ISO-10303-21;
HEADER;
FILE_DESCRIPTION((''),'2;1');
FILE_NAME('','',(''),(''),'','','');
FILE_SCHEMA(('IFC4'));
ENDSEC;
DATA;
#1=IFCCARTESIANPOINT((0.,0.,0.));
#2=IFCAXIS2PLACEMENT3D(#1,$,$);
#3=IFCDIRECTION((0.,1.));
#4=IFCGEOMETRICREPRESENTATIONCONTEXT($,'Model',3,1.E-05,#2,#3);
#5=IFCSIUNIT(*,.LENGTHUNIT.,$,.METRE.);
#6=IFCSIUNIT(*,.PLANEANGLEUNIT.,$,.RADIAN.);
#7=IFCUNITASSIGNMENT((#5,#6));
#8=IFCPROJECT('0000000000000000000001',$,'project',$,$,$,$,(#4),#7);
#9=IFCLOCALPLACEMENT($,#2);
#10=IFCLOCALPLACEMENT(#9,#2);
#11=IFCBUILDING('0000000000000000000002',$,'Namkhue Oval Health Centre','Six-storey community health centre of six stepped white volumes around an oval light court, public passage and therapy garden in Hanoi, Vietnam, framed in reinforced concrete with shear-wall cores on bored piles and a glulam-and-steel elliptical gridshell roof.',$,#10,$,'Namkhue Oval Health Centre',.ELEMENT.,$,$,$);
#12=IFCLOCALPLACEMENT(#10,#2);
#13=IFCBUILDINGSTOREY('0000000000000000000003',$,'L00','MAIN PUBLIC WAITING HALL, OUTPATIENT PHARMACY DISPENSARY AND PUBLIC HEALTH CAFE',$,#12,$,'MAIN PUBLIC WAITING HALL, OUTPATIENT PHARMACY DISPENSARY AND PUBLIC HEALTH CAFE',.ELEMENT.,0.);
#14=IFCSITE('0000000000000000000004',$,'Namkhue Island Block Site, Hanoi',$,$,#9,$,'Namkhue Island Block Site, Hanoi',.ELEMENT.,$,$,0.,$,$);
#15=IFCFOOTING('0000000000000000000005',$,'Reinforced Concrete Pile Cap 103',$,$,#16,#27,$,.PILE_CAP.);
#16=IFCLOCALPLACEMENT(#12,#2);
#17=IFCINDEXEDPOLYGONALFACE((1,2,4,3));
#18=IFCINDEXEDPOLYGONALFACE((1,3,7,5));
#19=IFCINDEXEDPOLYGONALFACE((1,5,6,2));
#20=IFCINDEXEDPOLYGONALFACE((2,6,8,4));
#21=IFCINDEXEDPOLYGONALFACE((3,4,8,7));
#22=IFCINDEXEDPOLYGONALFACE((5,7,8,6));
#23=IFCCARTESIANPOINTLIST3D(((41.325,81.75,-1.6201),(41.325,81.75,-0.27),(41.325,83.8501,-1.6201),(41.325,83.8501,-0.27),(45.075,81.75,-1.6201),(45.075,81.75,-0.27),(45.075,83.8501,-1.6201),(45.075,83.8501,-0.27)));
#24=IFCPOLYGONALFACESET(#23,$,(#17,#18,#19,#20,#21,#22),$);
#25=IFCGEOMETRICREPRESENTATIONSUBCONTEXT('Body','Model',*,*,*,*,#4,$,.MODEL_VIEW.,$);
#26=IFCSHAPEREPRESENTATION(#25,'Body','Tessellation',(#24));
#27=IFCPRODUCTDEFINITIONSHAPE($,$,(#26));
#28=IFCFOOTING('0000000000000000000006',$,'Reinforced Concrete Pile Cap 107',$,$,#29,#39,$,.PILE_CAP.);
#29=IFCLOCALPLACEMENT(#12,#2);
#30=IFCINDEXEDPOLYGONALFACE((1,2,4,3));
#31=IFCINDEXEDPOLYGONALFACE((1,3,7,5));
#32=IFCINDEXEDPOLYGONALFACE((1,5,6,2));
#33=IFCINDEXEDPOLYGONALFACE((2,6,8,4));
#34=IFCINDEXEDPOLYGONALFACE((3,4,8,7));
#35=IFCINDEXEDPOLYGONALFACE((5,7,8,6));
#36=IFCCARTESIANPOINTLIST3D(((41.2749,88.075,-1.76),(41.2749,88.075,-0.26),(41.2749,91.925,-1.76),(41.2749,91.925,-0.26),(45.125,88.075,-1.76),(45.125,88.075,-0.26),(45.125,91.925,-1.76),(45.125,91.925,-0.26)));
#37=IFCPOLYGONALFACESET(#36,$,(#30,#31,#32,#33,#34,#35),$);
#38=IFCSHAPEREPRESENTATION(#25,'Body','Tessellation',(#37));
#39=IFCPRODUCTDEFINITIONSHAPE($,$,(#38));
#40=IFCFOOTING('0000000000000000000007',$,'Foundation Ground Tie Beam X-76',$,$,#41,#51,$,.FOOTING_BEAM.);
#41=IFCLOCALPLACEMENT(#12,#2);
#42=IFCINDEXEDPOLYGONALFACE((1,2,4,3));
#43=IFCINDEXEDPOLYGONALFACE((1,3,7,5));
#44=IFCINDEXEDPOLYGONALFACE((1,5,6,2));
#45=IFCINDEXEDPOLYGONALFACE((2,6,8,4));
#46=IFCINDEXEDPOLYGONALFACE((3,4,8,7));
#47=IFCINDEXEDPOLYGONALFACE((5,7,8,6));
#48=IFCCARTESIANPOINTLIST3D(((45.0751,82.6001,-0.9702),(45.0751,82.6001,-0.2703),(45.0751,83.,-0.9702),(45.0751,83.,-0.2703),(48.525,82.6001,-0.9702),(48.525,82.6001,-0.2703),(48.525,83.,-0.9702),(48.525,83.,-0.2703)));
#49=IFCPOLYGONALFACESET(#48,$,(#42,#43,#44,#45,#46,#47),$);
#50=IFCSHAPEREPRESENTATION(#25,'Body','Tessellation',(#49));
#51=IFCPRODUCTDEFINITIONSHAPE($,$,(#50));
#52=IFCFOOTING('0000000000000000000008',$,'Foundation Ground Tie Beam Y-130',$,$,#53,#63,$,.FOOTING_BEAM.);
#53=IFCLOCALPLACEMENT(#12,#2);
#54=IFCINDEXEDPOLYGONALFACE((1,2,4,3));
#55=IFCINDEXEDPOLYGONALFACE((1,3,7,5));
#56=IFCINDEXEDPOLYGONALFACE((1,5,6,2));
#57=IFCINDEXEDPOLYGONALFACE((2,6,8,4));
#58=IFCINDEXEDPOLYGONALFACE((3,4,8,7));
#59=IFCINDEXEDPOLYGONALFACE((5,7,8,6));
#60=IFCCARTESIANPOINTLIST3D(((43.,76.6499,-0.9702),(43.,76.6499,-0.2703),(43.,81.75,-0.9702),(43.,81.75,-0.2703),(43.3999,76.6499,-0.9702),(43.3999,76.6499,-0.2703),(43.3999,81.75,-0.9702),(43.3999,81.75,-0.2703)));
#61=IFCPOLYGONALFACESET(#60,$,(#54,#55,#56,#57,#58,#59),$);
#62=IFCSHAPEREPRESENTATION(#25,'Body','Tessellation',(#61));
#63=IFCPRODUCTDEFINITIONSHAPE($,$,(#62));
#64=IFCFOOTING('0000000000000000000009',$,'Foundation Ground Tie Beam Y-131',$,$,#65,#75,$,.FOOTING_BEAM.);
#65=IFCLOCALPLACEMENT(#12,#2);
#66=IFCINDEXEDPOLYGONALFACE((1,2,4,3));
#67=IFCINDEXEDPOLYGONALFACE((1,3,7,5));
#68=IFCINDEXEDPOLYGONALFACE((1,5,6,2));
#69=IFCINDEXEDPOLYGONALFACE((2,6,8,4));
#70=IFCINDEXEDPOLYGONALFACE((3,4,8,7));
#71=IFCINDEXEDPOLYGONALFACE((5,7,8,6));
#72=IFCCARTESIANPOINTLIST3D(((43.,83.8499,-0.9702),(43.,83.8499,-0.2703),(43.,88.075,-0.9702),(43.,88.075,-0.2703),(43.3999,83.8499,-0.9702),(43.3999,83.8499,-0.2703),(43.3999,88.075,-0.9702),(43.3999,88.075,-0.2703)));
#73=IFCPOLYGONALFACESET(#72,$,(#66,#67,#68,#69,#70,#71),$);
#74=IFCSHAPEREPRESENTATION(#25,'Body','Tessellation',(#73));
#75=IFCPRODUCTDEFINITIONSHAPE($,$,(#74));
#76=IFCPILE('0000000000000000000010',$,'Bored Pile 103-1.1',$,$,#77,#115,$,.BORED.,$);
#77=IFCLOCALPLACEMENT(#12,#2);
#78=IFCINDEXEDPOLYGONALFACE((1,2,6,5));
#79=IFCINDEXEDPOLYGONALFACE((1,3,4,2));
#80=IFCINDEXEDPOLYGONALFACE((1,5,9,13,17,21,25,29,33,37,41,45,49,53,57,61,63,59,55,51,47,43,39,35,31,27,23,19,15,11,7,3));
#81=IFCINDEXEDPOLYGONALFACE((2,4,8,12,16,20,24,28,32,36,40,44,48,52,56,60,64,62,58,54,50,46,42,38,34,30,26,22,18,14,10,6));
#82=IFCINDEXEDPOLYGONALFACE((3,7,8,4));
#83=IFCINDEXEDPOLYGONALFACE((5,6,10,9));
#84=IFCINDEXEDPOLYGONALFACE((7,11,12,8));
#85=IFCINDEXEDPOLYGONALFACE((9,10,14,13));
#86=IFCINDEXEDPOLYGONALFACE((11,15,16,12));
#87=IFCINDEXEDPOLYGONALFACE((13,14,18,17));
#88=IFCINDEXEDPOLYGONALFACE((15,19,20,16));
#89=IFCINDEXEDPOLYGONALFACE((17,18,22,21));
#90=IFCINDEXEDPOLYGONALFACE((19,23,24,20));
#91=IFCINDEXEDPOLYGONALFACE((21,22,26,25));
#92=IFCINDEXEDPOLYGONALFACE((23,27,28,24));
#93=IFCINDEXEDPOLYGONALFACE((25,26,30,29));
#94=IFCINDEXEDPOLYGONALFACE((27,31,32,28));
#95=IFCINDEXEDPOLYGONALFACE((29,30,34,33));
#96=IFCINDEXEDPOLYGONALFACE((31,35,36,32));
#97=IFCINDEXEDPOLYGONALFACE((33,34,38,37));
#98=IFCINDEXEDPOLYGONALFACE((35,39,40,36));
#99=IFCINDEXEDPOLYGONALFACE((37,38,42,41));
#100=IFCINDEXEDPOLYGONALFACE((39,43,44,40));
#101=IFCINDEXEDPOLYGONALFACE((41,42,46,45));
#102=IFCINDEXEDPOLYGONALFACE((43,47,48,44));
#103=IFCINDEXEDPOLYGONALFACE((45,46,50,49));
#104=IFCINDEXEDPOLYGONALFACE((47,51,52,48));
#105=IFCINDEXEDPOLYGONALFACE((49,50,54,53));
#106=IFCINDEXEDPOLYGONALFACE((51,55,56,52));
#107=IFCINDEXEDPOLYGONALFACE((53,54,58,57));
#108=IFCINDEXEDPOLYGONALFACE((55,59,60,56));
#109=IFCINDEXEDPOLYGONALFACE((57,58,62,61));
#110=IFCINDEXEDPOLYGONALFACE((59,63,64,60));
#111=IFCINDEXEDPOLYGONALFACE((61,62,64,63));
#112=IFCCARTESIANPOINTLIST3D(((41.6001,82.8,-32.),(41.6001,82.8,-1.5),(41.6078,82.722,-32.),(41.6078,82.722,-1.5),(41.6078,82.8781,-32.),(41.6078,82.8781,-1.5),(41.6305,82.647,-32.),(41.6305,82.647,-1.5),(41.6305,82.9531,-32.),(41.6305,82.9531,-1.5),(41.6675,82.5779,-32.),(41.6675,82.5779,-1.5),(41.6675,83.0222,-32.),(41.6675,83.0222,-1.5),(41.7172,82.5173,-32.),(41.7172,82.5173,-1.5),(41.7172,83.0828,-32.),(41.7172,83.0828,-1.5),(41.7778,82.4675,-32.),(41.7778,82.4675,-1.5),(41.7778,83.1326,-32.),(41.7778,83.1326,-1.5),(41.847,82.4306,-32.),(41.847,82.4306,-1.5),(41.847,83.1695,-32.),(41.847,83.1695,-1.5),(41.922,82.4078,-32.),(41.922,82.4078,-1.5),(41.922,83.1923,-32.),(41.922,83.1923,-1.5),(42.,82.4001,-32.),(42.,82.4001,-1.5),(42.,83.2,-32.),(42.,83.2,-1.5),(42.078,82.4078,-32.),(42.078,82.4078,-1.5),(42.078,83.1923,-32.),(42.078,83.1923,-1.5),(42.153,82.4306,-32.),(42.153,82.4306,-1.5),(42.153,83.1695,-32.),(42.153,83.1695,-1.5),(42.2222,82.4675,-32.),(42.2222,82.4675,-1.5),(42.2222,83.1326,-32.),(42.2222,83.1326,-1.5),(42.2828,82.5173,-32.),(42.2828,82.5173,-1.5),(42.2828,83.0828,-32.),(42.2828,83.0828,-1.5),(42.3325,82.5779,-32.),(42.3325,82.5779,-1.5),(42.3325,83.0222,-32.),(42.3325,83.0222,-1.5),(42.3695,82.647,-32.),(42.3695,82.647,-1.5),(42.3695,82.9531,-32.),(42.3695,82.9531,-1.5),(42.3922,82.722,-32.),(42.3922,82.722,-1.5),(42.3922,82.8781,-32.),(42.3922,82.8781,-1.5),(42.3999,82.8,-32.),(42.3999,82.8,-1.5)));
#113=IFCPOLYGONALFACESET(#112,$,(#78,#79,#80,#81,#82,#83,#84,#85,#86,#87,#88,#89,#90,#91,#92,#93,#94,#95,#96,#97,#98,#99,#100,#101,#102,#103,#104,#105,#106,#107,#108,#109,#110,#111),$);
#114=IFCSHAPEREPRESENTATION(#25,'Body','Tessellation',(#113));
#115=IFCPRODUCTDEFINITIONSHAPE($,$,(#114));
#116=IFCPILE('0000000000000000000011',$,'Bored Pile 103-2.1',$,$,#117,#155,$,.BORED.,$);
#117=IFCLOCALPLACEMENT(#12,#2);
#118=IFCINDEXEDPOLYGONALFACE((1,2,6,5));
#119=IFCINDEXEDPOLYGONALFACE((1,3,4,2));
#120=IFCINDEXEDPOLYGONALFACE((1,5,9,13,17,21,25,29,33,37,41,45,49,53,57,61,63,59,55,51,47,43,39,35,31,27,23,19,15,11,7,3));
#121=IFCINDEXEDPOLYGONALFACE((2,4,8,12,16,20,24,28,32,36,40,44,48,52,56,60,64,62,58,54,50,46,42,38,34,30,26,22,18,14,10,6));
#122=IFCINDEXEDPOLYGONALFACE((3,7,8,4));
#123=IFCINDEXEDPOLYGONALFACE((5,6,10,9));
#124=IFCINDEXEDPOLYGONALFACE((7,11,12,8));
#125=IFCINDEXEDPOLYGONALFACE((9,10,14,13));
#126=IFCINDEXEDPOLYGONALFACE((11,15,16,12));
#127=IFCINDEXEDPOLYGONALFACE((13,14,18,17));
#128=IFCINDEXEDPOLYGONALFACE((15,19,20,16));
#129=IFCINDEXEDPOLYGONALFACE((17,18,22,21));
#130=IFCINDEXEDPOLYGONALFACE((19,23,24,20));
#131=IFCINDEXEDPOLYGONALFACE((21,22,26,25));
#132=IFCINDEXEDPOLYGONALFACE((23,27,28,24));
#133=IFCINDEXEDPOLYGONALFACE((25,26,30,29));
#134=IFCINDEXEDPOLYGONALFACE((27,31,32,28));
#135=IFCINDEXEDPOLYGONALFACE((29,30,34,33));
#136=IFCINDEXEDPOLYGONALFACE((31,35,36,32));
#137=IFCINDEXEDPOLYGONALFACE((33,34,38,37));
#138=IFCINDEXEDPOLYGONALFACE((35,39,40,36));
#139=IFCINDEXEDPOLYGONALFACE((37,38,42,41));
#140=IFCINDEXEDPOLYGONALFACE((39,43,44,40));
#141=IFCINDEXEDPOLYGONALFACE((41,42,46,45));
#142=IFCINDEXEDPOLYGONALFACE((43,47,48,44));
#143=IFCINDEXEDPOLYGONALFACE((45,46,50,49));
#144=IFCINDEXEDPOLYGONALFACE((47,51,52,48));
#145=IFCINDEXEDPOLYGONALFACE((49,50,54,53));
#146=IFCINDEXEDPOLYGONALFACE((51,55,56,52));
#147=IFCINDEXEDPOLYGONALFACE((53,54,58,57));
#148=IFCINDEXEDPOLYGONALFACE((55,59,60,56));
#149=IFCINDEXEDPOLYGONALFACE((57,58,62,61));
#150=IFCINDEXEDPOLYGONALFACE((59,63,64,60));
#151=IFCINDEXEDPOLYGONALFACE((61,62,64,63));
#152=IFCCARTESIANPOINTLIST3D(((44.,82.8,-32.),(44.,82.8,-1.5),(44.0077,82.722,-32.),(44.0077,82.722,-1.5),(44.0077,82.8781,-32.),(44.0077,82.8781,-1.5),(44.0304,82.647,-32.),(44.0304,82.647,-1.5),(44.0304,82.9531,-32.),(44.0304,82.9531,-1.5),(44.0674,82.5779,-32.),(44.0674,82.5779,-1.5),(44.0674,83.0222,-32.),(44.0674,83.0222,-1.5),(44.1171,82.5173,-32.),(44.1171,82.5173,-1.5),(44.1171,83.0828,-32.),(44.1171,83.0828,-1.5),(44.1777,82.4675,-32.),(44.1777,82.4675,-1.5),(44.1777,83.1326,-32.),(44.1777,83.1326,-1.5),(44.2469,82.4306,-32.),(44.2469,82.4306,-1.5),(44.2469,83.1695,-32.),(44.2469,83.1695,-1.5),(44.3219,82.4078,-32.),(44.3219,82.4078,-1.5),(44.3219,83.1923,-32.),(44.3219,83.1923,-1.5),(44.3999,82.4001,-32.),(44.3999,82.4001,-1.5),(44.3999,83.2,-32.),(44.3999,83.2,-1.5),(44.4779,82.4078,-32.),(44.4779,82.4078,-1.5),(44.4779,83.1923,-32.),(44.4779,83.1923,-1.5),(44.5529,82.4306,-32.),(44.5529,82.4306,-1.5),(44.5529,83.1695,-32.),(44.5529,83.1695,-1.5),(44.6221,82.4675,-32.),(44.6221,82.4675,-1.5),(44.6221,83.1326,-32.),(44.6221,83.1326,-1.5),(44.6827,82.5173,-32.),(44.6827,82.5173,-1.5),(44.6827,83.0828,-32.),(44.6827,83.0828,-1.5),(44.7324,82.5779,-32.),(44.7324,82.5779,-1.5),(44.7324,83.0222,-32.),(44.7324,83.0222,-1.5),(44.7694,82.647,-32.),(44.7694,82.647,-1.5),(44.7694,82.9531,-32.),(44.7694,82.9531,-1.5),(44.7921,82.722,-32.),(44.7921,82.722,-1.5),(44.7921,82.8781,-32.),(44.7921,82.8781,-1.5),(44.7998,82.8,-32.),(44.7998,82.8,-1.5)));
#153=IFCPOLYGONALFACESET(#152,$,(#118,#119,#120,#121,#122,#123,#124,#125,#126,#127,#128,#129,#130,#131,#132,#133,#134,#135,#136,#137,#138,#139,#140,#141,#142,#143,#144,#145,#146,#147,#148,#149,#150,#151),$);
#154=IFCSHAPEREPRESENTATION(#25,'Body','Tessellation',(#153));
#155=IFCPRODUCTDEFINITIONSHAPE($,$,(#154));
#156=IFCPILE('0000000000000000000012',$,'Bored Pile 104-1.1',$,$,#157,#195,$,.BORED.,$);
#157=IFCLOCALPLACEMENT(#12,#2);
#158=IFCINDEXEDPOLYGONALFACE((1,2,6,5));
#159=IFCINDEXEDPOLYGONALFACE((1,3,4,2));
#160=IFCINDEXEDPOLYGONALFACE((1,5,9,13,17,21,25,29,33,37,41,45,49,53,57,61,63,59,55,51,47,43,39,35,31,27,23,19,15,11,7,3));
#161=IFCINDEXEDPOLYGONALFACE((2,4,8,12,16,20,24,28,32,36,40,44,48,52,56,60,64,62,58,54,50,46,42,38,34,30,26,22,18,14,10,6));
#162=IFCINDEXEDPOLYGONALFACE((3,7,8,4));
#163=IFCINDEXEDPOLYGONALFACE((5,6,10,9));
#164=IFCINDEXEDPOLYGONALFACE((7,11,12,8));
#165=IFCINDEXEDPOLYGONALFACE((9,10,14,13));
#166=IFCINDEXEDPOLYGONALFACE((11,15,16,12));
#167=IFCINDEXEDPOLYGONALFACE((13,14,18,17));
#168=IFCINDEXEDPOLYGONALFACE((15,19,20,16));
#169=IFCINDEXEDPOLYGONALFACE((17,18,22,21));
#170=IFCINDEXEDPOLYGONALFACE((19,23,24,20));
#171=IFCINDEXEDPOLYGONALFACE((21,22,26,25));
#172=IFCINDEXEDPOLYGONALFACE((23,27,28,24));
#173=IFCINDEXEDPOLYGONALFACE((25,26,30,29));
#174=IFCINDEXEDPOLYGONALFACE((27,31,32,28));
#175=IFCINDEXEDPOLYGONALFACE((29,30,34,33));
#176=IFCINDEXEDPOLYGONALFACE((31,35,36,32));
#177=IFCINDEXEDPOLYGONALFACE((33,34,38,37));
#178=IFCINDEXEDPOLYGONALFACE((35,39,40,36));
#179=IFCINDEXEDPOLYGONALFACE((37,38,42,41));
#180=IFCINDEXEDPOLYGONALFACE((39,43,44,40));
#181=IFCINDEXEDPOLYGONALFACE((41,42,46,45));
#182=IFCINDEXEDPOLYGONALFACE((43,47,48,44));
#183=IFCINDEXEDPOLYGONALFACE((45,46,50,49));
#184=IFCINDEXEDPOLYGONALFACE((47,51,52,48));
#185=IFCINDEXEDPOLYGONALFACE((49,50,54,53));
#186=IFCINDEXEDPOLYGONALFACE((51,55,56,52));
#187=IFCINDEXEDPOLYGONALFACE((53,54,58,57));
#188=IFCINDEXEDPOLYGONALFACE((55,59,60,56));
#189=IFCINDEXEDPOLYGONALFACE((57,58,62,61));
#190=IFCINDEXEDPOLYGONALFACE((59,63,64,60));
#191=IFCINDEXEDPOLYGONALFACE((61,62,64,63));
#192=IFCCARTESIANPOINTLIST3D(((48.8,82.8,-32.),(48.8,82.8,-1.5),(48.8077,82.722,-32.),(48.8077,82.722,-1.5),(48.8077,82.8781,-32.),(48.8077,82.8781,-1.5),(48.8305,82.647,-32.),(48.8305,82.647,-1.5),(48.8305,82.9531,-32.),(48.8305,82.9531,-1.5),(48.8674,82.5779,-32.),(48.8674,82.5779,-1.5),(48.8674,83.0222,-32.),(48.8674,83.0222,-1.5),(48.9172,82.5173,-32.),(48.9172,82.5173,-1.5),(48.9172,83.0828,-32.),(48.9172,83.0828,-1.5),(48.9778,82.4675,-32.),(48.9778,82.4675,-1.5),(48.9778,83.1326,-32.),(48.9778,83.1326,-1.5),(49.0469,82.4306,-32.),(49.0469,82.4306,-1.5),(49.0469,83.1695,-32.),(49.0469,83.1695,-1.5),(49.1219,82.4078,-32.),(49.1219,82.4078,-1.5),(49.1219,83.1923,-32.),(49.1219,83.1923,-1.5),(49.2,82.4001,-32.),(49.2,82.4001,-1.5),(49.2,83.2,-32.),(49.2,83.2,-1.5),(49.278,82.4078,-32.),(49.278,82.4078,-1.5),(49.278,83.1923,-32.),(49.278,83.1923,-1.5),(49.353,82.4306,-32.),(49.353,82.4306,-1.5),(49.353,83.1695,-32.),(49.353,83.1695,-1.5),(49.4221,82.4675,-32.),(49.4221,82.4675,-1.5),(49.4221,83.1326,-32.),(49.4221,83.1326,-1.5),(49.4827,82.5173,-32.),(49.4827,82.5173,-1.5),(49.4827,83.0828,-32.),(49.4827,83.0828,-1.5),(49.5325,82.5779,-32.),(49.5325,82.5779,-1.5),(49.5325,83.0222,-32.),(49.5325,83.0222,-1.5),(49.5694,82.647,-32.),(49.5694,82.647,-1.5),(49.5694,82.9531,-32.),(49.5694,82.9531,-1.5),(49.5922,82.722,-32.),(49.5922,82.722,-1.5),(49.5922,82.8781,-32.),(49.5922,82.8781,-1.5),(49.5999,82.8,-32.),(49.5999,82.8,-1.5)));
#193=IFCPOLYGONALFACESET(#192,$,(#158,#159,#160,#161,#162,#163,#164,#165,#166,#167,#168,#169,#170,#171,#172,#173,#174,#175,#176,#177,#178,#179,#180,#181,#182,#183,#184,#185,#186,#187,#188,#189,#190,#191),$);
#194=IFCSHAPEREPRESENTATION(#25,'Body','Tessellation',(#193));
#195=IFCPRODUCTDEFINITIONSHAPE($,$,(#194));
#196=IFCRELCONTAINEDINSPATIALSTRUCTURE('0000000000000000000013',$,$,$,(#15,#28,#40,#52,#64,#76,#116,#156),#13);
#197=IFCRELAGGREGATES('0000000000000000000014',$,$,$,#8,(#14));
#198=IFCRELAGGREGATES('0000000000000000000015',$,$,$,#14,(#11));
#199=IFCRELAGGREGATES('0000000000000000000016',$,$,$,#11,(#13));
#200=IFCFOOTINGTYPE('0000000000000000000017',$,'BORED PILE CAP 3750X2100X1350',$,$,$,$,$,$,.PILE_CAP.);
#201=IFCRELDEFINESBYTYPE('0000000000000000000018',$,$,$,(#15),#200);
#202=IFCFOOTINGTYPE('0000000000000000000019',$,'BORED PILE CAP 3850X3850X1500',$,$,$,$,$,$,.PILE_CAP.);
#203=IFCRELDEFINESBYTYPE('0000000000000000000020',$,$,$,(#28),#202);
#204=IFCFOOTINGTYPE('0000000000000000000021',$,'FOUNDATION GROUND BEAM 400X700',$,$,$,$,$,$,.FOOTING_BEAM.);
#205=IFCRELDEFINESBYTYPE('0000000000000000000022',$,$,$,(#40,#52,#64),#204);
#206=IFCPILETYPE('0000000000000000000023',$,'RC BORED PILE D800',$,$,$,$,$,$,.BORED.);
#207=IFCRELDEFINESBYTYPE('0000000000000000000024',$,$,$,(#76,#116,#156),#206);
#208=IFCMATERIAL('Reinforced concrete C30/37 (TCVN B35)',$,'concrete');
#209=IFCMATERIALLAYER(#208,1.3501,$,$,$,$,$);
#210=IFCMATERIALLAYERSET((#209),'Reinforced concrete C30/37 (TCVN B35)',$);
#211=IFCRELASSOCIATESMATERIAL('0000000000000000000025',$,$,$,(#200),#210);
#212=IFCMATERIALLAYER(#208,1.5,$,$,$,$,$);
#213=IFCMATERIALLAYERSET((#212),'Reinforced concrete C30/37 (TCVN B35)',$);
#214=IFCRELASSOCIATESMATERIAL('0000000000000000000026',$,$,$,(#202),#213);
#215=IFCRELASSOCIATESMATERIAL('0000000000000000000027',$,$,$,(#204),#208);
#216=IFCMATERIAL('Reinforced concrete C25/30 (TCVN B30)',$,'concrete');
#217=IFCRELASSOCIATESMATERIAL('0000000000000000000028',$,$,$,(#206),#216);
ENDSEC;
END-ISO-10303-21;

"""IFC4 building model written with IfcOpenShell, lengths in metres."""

from ifc_helpers import new_model, si_unit, direction, frame, origin, origin_2d, place, context, subcontext, project, spatial, rectangle, circle, extrude, material, layer, layer_set, material_profile, profile_set, type_object, element, save


model = new_model("IFC4")

# Units and contexts
model_context = context("Model", 3, precision=1e-05, world=origin(), true_north=direction((0.0, 1.0)))
body_context = subcontext(model_context, "Body", "Model", "MODEL_VIEW")
ifc_project = project(units=[si_unit("LENGTHUNIT", "METRE"), si_unit("PLANEANGLEUNIT", "RADIAN")], contexts=[model_context])

# Site, building, storey
site_placement = place(None, origin())
site = spatial("IfcSite", under=ifc_project, at=site_placement, Name="Namkhue Island Block Site, Hanoi", LongName="Namkhue Island Block Site, Hanoi", CompositionType="ELEMENT", RefElevation=0.0)
building_placement = place(site_placement, origin())
building = spatial("IfcBuilding", under=site, at=building_placement, Name="Namkhue Oval Health Centre", Description="Six-storey community health centre of six stepped white volumes around an oval light court, public passage and therapy garden in Hanoi, Vietnam, framed in reinforced concrete with shear-wall cores on bored piles and a glulam-and-steel elliptical gridshell roof.", LongName="Namkhue Oval Health Centre", CompositionType="ELEMENT")
storey_placement = place(building_placement, origin())
storey = spatial("IfcBuildingStorey", under=building, at=storey_placement, Name="L00", Description="MAIN PUBLIC WAITING HALL, OUTPATIENT PHARMACY DISPENSARY AND PUBLIC HEALTH CAFE", LongName="MAIN PUBLIC WAITING HALL, OUTPATIENT PHARMACY DISPENSARY AND PUBLIC HEALTH CAFE", CompositionType="ELEMENT", Elevation=0.0)

# Footings
ifc_material_1 = material(Name="Reinforced concrete C30/37 (TCVN B35)", Category="concrete")
ifc_layer_1 = layer(ifc_material_1, 1.3501)
ifc_layer_set_1 = layer_set([ifc_layer_1], Name="Reinforced concrete C30/37 (TCVN B35)")
footing_type_1 = type_object("IfcFootingType", Name="BORED PILE CAP 3750X2100X1350", PredefinedType="PILE_CAP", material=ifc_layer_set_1)
footing_1_placement = place(storey_placement, frame((43.2, 82.8, -1.6201), z_axis=(0.0, 0.0, 1.0), x_axis=(1.0, 0.0, 0.0)))
element("IfcFooting", 1, at=footing_1_placement, inside=storey, type_object=footing_type_1, Name="Reinforced Concrete Pile Cap 103", PredefinedType="PILE_CAP", context=body_context, shape_type="SweptSolid", body=[
    extrude(rectangle(XDim=3.75, YDim=2.1001, at=origin_2d()), origin(), (0.0, 0.0, 1.0), 1.3501),
])
ifc_layer_2 = layer(ifc_material_1, 1.5)
ifc_layer_set_2 = layer_set([ifc_layer_2], Name="Reinforced concrete C30/37 (TCVN B35)")
footing_type_2 = type_object("IfcFootingType", Name="BORED PILE CAP 3850X3850X1500", PredefinedType="PILE_CAP", material=ifc_layer_set_2)
footing_2_placement = place(storey_placement, frame((43.2, 90.0, -1.76), z_axis=(0.0, 0.0, 1.0), x_axis=(1.0, 0.0, 0.0)))
element("IfcFooting", 2, at=footing_2_placement, inside=storey, type_object=footing_type_2, Name="Reinforced Concrete Pile Cap 107", PredefinedType="PILE_CAP", context=body_context, shape_type="SweptSolid", body=[
    extrude(rectangle(XDim=3.8501, YDim=3.8501, at=origin_2d()), origin(), (0.0, 0.0, 1.0), 1.5),
])
footing_type_3 = type_object("IfcFootingType", Name="FOUNDATION GROUND BEAM 400X700", PredefinedType="FOOTING_BEAM", material=ifc_material_1)
footing_3_placement = place(storey_placement, frame((46.8, 82.8, -0.9702), z_axis=(0.0, 0.0, 1.0), x_axis=(1.0, 0.0, 0.0)))
element("IfcFooting", 3, at=footing_3_placement, inside=storey, type_object=footing_type_3, Name="Foundation Ground Tie Beam X-76", PredefinedType="FOOTING_BEAM", context=body_context, shape_type="SweptSolid", body=[
    extrude(rectangle(XDim=3.45, YDim=0.3999, at=origin_2d()), origin(), (0.0, 0.0, 1.0), 0.7),
])
footing_4_placement = place(storey_placement, frame((43.2, 79.2, -0.9702), z_axis=(0.0, 0.0, 1.0), x_axis=(0.0, 1.0, 0.0)))
element("IfcFooting", 4, at=footing_4_placement, inside=storey, type_object=footing_type_3, Name="Foundation Ground Tie Beam Y-130", PredefinedType="FOOTING_BEAM", context=body_context, shape_type="SweptSolid", body=[
    extrude(rectangle(XDim=5.1001, YDim=0.3999, at=origin_2d()), origin(), (0.0, 0.0, 1.0), 0.7),
])
footing_5_placement = place(storey_placement, frame((43.2, 85.9624, -0.9702), z_axis=(0.0, 0.0, 1.0), x_axis=(0.0, 1.0, 0.0)))
element("IfcFooting", 5, at=footing_5_placement, inside=storey, type_object=footing_type_3, Name="Foundation Ground Tie Beam Y-131", PredefinedType="FOOTING_BEAM", context=body_context, shape_type="SweptSolid", body=[
    extrude(rectangle(XDim=4.2251, YDim=0.3999, at=origin_2d()), origin(), (0.0, 0.0, 1.0), 0.7),
])

# Piles
ifc_material_2 = material(Name="Reinforced concrete C25/30 (TCVN B30)", Category="concrete")
ifc_material_profile_1 = material_profile(ifc_material_2, circle(Radius=0.3999, at=origin_2d()), Name="BORED PILE D800")
ifc_profile_set_1 = profile_set([ifc_material_profile_1], Name="Reinforced concrete C25/30 (TCVN B30)")
pile_type = type_object("IfcPileType", Name="RC BORED PILE D800", PredefinedType="BORED", material=ifc_profile_set_1)
for number, where, z_axis, x_axis, name in (
    (6, (42.0, 82.8, -1.5), (0.0, 0.0, -1.0), (1.0, 0.0, 0.0), "Bored Pile 103-1.1"),
    (7, (44.3999, 82.8, -1.5), (0.0, 0.0, -1.0), (1.0, 0.0, 0.0), "Bored Pile 103-2.1"),
    (8, (49.2, 82.8, -1.5), (0.0, 0.0, -1.0), (1.0, 0.0, 0.0), "Bored Pile 104-1.1"),
):
    element("IfcPile", number, at=place(storey_placement, frame(where, z_axis=z_axis, x_axis=x_axis)), inside=storey, type_object=pile_type, Name=name, PredefinedType="BORED", context=body_context, shape_type="SweptSolid", body=[
        extrude(circle(Radius=0.3999, at=origin_2d()), origin(), (0.0, 0.0, 1.0), 30.5),
    ])

save(model, "model.ifc")
